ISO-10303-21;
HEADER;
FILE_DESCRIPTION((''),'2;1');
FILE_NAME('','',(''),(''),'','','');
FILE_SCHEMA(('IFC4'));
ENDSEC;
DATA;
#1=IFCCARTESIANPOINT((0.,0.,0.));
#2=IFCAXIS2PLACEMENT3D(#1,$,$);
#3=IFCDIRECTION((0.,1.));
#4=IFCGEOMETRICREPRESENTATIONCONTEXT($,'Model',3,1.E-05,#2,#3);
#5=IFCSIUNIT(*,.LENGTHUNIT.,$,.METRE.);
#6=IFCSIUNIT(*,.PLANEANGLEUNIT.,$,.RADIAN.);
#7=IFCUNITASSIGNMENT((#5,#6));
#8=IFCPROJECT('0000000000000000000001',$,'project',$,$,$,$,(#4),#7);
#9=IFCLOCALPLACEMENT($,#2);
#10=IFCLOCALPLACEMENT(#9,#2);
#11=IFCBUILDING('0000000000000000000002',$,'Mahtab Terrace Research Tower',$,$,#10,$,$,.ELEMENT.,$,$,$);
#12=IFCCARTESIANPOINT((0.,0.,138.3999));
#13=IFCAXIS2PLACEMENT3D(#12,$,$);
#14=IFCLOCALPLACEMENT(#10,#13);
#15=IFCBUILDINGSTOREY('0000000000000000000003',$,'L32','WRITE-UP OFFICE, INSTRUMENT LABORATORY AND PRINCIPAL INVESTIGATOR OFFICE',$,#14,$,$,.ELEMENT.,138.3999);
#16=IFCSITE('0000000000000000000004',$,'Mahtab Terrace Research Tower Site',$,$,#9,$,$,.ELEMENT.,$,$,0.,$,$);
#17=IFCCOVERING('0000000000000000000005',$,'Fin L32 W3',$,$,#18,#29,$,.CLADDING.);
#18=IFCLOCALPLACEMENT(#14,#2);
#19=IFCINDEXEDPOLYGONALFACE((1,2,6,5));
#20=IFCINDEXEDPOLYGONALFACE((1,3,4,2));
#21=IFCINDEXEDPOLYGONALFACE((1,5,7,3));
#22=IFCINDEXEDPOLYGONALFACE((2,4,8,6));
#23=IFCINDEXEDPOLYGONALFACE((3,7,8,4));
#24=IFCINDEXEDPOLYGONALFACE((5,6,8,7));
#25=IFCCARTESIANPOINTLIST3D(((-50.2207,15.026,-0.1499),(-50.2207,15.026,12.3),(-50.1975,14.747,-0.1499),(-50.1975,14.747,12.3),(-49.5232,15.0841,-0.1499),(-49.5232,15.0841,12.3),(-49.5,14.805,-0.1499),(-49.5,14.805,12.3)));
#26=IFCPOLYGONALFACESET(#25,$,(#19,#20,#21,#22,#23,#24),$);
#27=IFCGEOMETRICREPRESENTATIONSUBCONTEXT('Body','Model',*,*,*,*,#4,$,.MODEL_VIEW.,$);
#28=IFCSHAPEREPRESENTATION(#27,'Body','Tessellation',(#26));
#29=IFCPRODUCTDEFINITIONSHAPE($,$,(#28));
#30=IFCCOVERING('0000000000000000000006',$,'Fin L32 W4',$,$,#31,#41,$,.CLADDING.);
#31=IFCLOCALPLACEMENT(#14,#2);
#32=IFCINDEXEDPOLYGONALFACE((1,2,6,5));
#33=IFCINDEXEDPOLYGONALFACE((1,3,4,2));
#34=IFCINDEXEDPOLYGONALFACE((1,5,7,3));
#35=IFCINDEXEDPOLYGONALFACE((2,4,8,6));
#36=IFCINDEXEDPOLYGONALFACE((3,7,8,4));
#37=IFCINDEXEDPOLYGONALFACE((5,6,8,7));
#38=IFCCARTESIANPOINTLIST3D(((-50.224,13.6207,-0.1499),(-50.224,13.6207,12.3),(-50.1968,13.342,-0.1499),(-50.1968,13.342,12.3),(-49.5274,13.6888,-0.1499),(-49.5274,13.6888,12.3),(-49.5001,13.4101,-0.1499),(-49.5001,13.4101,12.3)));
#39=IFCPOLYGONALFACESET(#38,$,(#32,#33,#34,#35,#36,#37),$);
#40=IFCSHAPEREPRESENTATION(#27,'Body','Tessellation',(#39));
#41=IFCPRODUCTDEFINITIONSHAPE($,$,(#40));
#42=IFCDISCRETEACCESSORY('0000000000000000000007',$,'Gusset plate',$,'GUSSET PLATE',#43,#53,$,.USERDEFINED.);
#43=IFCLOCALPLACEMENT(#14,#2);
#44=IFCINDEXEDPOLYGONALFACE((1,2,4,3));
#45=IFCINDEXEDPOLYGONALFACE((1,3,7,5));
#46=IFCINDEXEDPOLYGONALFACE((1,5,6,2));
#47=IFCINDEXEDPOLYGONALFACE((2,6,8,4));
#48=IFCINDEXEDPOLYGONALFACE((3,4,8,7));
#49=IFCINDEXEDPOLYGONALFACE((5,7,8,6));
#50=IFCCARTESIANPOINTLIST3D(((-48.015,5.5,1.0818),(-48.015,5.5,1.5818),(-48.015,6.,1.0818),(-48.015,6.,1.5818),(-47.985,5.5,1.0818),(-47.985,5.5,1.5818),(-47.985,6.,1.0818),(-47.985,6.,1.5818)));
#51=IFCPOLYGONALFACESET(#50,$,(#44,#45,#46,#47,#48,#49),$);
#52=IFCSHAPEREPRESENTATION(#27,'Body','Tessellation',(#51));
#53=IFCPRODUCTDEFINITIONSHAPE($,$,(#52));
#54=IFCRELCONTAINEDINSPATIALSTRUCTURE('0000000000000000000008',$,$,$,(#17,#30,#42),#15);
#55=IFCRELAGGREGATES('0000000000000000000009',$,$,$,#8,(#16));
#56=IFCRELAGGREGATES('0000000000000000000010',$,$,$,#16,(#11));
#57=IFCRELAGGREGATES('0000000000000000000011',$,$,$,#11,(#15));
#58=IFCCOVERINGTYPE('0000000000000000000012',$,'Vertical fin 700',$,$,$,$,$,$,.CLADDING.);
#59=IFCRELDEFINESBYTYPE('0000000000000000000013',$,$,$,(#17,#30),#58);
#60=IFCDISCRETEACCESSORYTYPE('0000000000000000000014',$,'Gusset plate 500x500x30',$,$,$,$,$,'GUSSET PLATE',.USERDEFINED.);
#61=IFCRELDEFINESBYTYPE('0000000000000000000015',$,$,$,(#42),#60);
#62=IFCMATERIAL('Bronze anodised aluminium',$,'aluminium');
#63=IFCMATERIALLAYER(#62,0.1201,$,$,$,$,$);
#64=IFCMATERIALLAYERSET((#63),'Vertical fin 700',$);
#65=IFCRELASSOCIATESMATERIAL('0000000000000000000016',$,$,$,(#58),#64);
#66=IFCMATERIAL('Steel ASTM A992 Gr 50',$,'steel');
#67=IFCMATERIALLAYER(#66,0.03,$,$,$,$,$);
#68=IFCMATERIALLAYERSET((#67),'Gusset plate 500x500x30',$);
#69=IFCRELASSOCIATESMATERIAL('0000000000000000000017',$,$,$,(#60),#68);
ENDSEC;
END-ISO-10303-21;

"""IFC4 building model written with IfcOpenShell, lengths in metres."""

from ifc_helpers import new_model, si_unit, direction, frame, origin, origin_2d, place, context, subcontext, project, spatial, rectangle, extrude, material, layer, layer_set, type_object, element, save


model = new_model("IFC4")

# Units and contexts
model_context = context("Model", 3, precision=1e-05, world=origin(), true_north=direction((0.0, 1.0)))
body_context = subcontext(model_context, "Body", "Model", "MODEL_VIEW")
ifc_project = project(units=[si_unit("LENGTHUNIT", "METRE"), si_unit("PLANEANGLEUNIT", "RADIAN")], contexts=[model_context])

# Site, building, storey
site_placement = place(None, origin())
site = spatial("IfcSite", under=ifc_project, at=site_placement, Name="Mahtab Terrace Research Tower Site", CompositionType="ELEMENT", RefElevation=0.0)
building_placement = place(site_placement, origin())
building = spatial("IfcBuilding", under=site, at=building_placement, Name="Mahtab Terrace Research Tower", CompositionType="ELEMENT")
storey_placement = place(building_placement, frame((0.0, 0.0, 138.3999)))
storey = spatial("IfcBuildingStorey", under=building, at=storey_placement, Name="L32", Description="WRITE-UP OFFICE, INSTRUMENT LABORATORY AND PRINCIPAL INVESTIGATOR OFFICE", CompositionType="ELEMENT", Elevation=138.3999)

# Coverings
ifc_material_1 = material(Name="Bronze anodised aluminium", Category="aluminium")
ifc_layer_1 = layer(ifc_material_1, 0.1201)
ifc_layer_set_1 = layer_set([ifc_layer_1], Name="Vertical fin 700")
covering_type_1 = type_object("IfcCoveringType", Name="Vertical fin 700", PredefinedType="CLADDING", material=ifc_layer_set_1)
for number, where, z_axis, x_axis, name in (
    (1, (-49.8604, 14.9155, -0.1499), (0.0, 0.0, 1.0), (0.082905, -0.996557, 0.0), "Fin L32 W3"),
    (2, (-49.8621, 13.5154, -0.1499), (0.0, 0.0, 1.0), (0.09722, -0.995263, 0.0), "Fin L32 W4"),
):
    element("IfcCovering", number, at=place(storey_placement, frame(where, z_axis=z_axis, x_axis=x_axis)), inside=storey, type_object=covering_type_1, Name=name, PredefinedType="CLADDING", context=body_context, shape_type="SweptSolid", body=[
        extrude(rectangle(XDim=0.28, YDim=0.7, at=origin_2d()), origin(), (0.0, 0.0, 1.0), 12.45),
    ])

# Discrete accessory
ifc_material_2 = material(Name="Steel ASTM A992 Gr 50", Category="steel")
ifc_layer_2 = layer(ifc_material_2, 0.03)
ifc_layer_set_2 = layer_set([ifc_layer_2], Name="Gusset plate 500x500x30")
discrete_accessory_type = type_object("IfcDiscreteAccessoryType", Name="Gusset plate 500x500x30", ElementType="GUSSET PLATE", PredefinedType="USERDEFINED", material=ifc_layer_set_2)
discrete_accessory_placement = place(storey_placement, frame((-48.0, 5.75, 1.0818), z_axis=(0.0, 0.0, 1.0), x_axis=(0.0, 1.0, 0.0)))
element("IfcDiscreteAccessory", 3, at=discrete_accessory_placement, inside=storey, type_object=discrete_accessory_type, Name="Gusset plate", ObjectType="GUSSET PLATE", PredefinedType="USERDEFINED", context=body_context, shape_type="SweptSolid", body=[
    extrude(rectangle(XDim=0.5, YDim=0.03, at=origin_2d()), origin(), (0.0, 0.0, 1.0), 0.5),
])

save(model, "model.ifc")
